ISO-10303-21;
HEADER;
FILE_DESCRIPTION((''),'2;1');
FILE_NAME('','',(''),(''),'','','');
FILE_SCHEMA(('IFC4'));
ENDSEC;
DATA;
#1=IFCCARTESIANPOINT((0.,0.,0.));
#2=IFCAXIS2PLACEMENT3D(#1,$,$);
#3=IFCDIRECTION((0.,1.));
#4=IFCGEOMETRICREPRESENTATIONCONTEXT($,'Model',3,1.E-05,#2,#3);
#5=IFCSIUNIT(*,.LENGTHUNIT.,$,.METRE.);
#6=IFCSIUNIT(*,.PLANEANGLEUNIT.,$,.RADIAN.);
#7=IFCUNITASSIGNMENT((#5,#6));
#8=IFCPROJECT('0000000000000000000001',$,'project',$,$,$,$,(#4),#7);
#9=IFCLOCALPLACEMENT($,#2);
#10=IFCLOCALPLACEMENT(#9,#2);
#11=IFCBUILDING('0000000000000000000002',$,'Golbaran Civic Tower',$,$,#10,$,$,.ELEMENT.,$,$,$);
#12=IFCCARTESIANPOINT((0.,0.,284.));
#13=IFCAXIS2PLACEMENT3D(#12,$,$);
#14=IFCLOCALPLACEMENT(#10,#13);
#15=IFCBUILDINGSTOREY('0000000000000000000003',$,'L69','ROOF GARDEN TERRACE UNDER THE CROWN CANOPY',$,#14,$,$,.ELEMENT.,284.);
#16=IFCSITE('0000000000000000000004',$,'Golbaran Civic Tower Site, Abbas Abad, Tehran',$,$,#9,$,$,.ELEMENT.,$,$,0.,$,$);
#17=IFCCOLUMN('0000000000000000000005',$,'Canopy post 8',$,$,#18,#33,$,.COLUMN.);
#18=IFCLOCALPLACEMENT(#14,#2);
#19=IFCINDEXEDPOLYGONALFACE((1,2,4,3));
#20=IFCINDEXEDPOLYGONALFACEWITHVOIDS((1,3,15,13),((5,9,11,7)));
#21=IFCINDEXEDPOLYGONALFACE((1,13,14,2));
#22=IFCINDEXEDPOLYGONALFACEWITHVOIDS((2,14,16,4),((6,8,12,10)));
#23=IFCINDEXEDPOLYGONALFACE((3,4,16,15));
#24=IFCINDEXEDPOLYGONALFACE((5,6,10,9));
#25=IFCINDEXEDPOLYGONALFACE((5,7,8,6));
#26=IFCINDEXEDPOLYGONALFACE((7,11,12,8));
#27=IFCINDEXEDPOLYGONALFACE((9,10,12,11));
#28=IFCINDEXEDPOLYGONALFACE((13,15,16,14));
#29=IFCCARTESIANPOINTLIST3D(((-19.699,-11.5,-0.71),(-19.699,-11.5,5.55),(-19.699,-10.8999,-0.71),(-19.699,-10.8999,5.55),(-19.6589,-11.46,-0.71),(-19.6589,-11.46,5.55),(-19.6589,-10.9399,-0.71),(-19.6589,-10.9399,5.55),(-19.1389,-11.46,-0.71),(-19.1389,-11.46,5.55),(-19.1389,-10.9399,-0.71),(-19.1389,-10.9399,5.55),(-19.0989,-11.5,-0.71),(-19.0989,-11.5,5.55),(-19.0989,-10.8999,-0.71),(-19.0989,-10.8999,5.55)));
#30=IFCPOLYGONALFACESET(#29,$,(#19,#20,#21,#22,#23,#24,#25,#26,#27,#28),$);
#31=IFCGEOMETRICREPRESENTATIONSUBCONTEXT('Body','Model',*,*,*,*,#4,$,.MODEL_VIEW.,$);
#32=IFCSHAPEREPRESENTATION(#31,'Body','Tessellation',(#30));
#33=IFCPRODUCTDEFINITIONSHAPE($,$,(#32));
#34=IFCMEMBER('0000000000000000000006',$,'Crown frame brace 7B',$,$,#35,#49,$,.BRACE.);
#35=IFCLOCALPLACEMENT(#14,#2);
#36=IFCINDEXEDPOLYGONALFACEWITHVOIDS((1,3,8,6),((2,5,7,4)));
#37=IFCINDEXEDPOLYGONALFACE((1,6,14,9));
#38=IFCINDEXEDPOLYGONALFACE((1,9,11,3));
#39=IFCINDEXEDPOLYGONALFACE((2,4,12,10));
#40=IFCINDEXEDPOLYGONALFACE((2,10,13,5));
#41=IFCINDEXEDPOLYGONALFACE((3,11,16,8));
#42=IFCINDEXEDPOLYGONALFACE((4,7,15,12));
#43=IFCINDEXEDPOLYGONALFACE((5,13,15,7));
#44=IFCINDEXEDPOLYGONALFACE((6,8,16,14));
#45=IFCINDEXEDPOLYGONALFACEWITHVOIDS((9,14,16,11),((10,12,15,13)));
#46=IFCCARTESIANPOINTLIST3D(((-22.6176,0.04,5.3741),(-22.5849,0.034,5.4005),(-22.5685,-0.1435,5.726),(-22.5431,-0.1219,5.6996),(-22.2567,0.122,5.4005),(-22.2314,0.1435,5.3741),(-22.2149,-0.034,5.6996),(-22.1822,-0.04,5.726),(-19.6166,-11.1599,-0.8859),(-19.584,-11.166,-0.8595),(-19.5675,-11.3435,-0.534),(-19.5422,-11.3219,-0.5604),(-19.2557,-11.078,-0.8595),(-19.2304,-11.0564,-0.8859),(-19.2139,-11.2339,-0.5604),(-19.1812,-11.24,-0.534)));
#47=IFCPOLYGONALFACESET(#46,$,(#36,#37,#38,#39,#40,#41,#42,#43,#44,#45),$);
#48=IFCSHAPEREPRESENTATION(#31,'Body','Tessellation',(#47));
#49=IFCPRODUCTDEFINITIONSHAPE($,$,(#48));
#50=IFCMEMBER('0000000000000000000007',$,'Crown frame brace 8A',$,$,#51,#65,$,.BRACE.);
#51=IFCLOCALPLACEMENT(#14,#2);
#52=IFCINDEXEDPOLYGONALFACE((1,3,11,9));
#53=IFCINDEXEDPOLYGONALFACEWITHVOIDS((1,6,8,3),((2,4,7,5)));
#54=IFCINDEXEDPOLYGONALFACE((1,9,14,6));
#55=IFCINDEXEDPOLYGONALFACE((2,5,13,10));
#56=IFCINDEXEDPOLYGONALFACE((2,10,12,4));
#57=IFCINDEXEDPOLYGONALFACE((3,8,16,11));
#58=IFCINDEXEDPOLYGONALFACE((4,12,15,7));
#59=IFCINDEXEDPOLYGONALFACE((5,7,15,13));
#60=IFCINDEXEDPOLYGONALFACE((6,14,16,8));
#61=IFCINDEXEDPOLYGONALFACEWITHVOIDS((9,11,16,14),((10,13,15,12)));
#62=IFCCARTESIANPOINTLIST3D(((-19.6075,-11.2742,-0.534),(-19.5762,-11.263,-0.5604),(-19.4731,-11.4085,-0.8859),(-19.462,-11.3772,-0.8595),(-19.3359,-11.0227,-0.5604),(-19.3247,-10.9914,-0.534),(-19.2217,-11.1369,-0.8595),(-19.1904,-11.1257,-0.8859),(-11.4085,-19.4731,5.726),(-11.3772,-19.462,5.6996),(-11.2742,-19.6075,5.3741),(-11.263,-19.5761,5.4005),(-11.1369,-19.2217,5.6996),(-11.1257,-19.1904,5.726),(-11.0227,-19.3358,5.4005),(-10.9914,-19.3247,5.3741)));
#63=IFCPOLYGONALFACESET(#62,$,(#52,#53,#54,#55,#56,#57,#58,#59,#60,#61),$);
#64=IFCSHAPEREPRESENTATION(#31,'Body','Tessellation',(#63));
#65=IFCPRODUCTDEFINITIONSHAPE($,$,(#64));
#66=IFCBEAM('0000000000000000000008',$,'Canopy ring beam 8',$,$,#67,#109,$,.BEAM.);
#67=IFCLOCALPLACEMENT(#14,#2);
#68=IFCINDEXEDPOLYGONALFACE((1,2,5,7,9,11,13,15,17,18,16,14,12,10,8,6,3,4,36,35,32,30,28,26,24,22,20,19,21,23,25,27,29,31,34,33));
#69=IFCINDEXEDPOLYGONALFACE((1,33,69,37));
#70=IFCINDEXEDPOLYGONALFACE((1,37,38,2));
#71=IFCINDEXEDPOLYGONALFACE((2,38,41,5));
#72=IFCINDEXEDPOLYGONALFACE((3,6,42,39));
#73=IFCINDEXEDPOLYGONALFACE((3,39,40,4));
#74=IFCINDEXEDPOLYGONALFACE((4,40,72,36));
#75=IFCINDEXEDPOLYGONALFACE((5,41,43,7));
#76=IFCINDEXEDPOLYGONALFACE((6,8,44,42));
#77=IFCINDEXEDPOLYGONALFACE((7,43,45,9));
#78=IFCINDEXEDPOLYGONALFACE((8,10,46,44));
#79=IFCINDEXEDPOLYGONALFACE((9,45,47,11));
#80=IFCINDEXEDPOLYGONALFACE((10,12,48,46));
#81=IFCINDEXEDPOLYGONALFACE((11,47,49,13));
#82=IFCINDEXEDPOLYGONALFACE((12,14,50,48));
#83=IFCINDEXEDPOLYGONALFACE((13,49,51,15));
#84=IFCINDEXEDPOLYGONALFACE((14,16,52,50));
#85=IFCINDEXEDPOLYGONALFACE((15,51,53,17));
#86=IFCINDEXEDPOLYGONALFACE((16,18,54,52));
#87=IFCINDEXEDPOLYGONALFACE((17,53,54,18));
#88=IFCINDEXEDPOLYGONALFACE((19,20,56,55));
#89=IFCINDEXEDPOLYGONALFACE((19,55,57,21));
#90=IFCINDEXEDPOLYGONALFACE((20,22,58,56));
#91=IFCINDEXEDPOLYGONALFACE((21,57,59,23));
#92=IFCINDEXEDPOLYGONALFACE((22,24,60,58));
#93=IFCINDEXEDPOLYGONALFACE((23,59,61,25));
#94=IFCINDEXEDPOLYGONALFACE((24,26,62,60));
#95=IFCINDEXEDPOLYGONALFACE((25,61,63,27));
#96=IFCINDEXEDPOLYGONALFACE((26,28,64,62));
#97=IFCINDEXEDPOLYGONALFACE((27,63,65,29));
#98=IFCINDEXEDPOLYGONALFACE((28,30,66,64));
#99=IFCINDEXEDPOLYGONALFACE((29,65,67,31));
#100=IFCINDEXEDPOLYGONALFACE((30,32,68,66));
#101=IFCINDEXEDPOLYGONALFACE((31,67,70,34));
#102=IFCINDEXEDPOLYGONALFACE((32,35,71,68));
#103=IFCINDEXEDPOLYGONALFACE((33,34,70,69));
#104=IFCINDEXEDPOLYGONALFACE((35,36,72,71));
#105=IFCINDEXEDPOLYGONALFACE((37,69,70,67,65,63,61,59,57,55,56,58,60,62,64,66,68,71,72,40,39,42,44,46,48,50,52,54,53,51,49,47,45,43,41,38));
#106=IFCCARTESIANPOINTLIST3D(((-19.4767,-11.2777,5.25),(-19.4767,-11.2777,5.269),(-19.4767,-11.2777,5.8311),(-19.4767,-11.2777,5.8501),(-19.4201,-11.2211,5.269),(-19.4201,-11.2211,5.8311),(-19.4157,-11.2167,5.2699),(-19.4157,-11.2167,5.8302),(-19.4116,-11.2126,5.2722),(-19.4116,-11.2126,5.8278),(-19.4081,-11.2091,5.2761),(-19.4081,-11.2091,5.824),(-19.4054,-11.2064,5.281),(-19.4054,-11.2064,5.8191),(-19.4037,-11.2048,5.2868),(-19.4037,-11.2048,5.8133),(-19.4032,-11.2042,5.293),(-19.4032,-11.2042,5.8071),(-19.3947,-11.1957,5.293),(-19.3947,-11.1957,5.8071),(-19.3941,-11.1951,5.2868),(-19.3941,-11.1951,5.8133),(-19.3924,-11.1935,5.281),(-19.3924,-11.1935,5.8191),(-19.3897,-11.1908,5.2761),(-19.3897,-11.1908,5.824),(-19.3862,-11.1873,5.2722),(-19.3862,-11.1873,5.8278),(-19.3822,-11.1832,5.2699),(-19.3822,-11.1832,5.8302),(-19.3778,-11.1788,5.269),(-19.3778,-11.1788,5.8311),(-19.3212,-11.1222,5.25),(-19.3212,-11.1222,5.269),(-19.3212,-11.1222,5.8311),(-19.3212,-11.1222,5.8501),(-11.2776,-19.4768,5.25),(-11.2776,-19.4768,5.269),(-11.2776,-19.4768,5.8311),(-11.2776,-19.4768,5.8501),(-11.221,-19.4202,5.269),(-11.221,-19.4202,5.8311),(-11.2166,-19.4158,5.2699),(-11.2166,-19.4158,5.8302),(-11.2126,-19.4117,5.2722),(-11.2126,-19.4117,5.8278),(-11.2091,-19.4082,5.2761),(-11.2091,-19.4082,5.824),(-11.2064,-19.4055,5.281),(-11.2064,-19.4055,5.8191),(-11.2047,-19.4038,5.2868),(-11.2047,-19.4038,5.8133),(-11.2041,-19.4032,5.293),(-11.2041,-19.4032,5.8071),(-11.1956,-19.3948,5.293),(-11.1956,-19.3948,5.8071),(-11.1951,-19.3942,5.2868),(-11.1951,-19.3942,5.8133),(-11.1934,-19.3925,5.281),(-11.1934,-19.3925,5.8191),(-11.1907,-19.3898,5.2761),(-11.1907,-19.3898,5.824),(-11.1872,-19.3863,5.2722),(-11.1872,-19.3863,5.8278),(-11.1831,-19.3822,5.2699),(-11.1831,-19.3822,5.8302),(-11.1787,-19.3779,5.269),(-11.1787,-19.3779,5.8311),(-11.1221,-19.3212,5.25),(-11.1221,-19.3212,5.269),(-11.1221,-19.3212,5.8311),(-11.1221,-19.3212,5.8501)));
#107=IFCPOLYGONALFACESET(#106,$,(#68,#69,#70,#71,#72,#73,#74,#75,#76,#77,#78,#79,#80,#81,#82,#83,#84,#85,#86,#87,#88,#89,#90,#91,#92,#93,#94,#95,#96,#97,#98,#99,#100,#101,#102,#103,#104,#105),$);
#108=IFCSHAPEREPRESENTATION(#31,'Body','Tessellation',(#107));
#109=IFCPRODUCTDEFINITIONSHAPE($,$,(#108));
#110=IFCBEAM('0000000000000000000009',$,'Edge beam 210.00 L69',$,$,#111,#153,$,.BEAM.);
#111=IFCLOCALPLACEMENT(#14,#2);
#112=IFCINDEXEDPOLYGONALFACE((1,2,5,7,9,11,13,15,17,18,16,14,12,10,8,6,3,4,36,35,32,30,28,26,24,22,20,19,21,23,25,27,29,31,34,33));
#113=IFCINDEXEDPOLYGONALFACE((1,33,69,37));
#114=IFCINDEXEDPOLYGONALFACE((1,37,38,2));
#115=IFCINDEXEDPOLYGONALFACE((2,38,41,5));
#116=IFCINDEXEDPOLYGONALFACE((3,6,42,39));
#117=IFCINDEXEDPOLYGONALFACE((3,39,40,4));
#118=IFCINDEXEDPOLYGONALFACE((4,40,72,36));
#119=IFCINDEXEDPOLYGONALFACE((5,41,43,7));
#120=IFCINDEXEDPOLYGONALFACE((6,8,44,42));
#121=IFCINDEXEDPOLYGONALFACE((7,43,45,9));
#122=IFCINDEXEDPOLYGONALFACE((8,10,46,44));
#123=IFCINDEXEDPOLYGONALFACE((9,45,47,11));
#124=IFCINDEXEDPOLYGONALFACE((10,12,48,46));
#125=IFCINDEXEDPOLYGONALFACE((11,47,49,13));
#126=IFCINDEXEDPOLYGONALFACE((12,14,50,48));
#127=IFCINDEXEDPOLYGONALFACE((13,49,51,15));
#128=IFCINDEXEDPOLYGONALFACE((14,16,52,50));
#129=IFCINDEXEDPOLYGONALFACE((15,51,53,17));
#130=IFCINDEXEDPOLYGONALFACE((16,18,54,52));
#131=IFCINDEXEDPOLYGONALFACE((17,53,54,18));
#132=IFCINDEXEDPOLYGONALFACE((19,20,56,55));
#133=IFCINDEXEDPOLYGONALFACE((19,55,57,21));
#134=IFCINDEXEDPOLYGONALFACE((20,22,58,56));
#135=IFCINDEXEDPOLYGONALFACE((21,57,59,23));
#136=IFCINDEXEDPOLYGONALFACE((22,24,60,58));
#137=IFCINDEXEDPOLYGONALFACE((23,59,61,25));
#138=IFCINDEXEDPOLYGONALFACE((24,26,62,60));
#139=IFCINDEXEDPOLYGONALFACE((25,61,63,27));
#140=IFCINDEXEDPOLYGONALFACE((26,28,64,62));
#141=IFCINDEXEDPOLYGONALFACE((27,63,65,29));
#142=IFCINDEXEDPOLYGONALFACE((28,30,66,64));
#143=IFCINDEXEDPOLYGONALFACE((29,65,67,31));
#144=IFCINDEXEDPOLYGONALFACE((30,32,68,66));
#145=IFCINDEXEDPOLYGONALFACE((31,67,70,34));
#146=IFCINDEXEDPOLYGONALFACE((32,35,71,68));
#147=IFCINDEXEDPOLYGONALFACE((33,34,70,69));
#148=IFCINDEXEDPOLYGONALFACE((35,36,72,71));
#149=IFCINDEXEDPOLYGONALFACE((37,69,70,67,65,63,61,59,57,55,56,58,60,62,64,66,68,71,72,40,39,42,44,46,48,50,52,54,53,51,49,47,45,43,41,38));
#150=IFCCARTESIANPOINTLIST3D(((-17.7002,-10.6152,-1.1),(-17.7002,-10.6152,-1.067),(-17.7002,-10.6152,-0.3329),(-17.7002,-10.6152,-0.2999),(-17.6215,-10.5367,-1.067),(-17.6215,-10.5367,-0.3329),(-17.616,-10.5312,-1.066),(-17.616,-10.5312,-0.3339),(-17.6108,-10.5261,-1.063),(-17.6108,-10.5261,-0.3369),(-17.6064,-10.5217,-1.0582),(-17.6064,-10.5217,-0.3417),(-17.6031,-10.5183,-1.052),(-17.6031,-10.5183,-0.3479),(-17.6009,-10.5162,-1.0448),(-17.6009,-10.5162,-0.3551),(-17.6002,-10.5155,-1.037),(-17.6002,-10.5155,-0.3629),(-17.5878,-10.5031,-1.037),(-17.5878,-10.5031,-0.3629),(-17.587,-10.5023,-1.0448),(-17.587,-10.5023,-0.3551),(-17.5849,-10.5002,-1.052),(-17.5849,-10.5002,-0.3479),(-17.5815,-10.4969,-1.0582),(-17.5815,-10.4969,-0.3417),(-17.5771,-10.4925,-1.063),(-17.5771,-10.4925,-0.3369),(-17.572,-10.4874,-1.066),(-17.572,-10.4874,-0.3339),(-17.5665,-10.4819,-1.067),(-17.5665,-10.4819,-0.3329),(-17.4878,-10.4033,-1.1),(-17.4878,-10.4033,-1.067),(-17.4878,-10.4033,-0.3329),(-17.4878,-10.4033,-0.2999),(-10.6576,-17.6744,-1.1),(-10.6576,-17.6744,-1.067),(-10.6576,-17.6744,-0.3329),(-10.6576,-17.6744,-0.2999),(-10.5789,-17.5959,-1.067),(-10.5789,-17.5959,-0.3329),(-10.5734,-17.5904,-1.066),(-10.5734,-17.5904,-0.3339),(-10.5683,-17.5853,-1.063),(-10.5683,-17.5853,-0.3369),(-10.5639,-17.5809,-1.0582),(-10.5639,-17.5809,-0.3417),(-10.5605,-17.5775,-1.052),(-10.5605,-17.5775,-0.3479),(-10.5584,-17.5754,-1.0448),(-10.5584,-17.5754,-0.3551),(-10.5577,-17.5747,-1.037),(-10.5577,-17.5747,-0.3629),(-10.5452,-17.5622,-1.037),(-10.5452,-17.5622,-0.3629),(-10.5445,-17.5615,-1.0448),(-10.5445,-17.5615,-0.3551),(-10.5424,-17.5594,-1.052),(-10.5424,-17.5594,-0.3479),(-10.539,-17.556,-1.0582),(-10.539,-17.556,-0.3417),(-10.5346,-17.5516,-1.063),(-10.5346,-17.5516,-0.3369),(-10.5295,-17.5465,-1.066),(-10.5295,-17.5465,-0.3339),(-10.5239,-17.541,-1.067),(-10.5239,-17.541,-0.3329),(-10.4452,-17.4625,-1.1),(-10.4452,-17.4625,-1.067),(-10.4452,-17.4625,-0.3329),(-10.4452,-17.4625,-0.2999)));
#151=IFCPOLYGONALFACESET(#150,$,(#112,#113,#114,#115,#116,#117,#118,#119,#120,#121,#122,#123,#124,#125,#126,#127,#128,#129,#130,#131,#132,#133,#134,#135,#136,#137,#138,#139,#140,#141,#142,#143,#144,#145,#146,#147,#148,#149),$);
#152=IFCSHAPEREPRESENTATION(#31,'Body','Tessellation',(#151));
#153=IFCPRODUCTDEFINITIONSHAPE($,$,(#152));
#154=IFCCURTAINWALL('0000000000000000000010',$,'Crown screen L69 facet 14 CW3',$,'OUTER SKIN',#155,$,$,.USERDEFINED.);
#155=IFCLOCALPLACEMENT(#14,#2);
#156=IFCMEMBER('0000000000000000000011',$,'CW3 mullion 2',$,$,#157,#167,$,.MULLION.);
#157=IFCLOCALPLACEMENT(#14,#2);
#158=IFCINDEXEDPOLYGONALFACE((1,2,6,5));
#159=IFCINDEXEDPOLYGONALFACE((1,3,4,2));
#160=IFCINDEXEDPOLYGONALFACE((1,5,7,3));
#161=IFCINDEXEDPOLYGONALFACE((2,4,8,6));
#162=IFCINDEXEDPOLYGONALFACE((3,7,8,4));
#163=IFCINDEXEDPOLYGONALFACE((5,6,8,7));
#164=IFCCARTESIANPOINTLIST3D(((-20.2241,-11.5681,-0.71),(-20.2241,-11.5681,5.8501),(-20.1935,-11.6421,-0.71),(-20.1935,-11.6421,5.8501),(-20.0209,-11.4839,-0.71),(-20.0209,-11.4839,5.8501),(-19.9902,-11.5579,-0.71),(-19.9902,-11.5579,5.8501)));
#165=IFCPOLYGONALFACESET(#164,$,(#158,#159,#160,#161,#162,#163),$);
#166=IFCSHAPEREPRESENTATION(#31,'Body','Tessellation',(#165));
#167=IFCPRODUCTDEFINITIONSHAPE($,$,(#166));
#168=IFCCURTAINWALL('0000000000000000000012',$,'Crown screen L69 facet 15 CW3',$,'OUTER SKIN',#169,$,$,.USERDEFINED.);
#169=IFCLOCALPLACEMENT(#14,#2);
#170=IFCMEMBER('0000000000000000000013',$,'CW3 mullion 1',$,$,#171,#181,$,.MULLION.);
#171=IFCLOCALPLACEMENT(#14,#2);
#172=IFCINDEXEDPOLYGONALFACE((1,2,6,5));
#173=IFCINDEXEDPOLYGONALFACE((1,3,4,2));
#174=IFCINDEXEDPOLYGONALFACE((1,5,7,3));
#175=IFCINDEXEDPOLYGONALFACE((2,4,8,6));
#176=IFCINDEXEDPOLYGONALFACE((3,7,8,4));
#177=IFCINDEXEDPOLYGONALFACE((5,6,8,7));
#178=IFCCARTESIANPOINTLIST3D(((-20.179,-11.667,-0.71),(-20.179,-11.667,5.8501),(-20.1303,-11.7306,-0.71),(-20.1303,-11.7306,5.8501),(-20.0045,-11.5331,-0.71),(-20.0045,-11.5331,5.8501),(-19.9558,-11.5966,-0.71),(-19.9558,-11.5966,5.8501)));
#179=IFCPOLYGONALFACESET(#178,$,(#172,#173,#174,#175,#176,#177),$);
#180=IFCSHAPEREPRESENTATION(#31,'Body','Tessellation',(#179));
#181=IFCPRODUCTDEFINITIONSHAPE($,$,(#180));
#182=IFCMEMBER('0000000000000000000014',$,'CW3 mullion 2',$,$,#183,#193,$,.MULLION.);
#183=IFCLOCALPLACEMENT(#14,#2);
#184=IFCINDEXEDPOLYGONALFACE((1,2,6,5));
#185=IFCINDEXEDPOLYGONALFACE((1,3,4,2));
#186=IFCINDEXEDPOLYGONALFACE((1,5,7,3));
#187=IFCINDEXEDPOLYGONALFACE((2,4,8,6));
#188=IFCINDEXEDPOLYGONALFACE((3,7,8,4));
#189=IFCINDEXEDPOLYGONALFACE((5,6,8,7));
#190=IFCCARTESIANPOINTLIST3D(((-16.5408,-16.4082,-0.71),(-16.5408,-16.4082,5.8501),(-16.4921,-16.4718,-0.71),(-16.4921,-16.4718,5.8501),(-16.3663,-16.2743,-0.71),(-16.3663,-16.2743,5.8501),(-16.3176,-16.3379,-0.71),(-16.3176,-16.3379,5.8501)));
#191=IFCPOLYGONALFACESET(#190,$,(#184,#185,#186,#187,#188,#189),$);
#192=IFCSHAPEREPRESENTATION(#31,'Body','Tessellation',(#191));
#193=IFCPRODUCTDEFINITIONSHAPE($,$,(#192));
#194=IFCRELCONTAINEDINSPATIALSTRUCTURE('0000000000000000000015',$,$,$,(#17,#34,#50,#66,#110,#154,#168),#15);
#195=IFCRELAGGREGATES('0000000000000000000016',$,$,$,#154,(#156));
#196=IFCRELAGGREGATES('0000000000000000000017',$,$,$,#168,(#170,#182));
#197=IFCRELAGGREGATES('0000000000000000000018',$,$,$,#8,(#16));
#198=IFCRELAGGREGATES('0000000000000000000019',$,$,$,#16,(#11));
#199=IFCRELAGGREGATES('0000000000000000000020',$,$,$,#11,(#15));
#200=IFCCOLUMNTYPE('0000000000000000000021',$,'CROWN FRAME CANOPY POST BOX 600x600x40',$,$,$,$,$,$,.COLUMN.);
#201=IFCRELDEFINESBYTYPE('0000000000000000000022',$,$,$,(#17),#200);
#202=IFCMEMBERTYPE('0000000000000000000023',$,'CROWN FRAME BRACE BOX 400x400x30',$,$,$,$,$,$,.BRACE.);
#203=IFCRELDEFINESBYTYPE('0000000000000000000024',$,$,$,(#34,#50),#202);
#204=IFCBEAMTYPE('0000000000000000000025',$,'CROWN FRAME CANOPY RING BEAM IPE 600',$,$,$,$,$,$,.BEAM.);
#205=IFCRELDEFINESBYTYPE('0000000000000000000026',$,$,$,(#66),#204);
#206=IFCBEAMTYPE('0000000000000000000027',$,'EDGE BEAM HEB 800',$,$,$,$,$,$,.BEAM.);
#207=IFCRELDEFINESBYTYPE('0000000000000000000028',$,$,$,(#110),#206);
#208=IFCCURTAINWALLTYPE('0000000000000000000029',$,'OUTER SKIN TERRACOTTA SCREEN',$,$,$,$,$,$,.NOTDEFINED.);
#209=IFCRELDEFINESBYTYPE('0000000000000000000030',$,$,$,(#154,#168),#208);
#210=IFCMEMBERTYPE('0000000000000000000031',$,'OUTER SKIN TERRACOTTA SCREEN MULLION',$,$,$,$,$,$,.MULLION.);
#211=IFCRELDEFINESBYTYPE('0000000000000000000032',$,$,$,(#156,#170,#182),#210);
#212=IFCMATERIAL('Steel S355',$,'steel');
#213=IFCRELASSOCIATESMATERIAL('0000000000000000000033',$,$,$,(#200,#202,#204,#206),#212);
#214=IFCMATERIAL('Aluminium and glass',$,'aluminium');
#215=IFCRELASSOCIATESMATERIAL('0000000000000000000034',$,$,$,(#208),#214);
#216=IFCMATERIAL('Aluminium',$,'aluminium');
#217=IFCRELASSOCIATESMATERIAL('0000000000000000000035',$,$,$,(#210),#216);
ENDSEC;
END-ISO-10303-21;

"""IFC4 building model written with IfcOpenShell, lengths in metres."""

from ifc_helpers import new_model, si_unit, direction, frame, origin, origin_2d, place, context, subcontext, project, spatial, rectangle, hollow_rectangle, i_section, extrude, material, material_profile, profile_set, type_object, element, aggregate, save


model = new_model("IFC4")

# Units and contexts
model_context = context("Model", 3, precision=1e-05, world=origin(), true_north=direction((0.0, 1.0)))
body_context = subcontext(model_context, "Body", "Model", "MODEL_VIEW")
ifc_project = project(units=[si_unit("LENGTHUNIT", "METRE"), si_unit("PLANEANGLEUNIT", "RADIAN")], contexts=[model_context])

# Site, building, storey
site_placement = place(None, origin())
site = spatial("IfcSite", under=ifc_project, at=site_placement, Name="Golbaran Civic Tower Site, Abbas Abad, Tehran", CompositionType="ELEMENT", RefElevation=0.0)
building_placement = place(site_placement, origin())
building = spatial("IfcBuilding", under=site, at=building_placement, Name="Golbaran Civic Tower", CompositionType="ELEMENT")
storey_placement = place(building_placement, frame((0.0, 0.0, 284.0)))
storey = spatial("IfcBuildingStorey", under=building, at=storey_placement, Name="L69", Description="ROOF GARDEN TERRACE UNDER THE CROWN CANOPY", CompositionType="ELEMENT", Elevation=284.0)

# Column
ifc_material_1 = material(Name="Steel S355", Category="steel")
ifc_material_profile_1 = material_profile(ifc_material_1, hollow_rectangle(XDim=0.6001, YDim=0.6001, WallThickness=0.04, at=origin_2d()), Name="BOX 600x600x40")
ifc_profile_set_1 = profile_set([ifc_material_profile_1], Name="Steel S355")
column_type = type_object("IfcColumnType", Name="CROWN FRAME CANOPY POST BOX 600x600x40", PredefinedType="COLUMN", material=ifc_profile_set_1)
column_placement = place(storey_placement, frame((-19.3989, -11.2, -0.71), z_axis=(0.0, 0.0, 1.0), x_axis=(1.0, 0.0, 0.0)))
element("IfcColumn", 1, at=column_placement, inside=storey, type_object=column_type, Name="Canopy post 8", PredefinedType="COLUMN", context=body_context, shape_type="SweptSolid", body=[
    extrude(hollow_rectangle(XDim=0.6001, YDim=0.6001, WallThickness=0.04, at=origin_2d()), origin(), (0.0, 0.0, 1.0), 6.26),
])

# Members
ifc_material_profile_2 = material_profile(ifc_material_1, hollow_rectangle(XDim=0.3999, YDim=0.3999, WallThickness=0.03, at=origin_2d()), Name="BOX 400x400x30")
ifc_profile_set_2 = profile_set([ifc_material_profile_2], Name="Steel S355")
member_type_1 = type_object("IfcMemberType", Name="CROWN FRAME BRACE BOX 400x400x30", PredefinedType="BRACE", material=ifc_profile_set_2)
for number, where, z_axis, x_axis, name in (
    (2, (-19.3989, -11.2, -0.71), (-0.227744, 0.849964, 0.475072), (-0.965927, -0.258816, 0.0), "Crown frame brace 7B"),
    (3, (-19.3989, -11.2, -0.71), (0.622217, -0.622217, 0.47507), (0.707107, 0.707107, 0.0), "Crown frame brace 8A"),
):
    element("IfcMember", number, at=place(storey_placement, frame(where, z_axis=z_axis, x_axis=x_axis)), inside=storey, type_object=member_type_1, Name=name, PredefinedType="BRACE", context=body_context, shape_type="SweptSolid", body=[
        extrude(hollow_rectangle(XDim=0.3999, YDim=0.3999, WallThickness=0.03, at=origin_2d()), origin(), (0.0, 0.0, 1.0), 13.177),
    ])

# Beams
ifc_material_profile_3 = material_profile(ifc_material_1, i_section(OverallWidth=0.22, OverallDepth=0.6001, WebThickness=0.012, FlangeThickness=0.019, FilletRadius=0.0239, at=origin_2d()), Name="IPE 600")
ifc_profile_set_3 = profile_set([ifc_material_profile_3], Name="Steel S355")
beam_type_1 = type_object("IfcBeamType", Name="CROWN FRAME CANOPY RING BEAM IPE 600", PredefinedType="BEAM", material=ifc_profile_set_3)
beam_1_placement = place(storey_placement, frame((-19.3989, -11.2, 5.55), z_axis=(0.707107, -0.707107, 0.0), x_axis=(0.707107, 0.707107, 0.0)))
element("IfcBeam", 4, at=beam_1_placement, inside=storey, type_object=beam_type_1, Name="Canopy ring beam 8", PredefinedType="BEAM", context=body_context, shape_type="SweptSolid", body=[
    extrude(i_section(OverallWidth=0.22, OverallDepth=0.6001, WebThickness=0.012, FlangeThickness=0.019, FilletRadius=0.0239, at=origin_2d()), origin(), (0.0, 0.0, 1.0), 11.5952),
])
ifc_material_profile_4 = material_profile(ifc_material_1, i_section(OverallWidth=0.3, OverallDepth=0.8, WebThickness=0.0176, FlangeThickness=0.033, FilletRadius=0.03, at=origin_2d()), Name="HEB 800")
ifc_profile_set_4 = profile_set([ifc_material_profile_4], Name="Steel S355")
beam_type_2 = type_object("IfcBeamType", Name="EDGE BEAM HEB 800", PredefinedType="BEAM", material=ifc_profile_set_4)
beam_2_placement = place(storey_placement, frame((-17.594, -10.5093, -0.7), z_axis=(0.706274, -0.707939, 0.0), x_axis=(0.707939, 0.706274, 0.0)))
element("IfcBeam", 5, at=beam_2_placement, inside=storey, type_object=beam_type_2, Name="Edge beam 210.00 L69", PredefinedType="BEAM", context=body_context, shape_type="SweptSolid", body=[
    extrude(i_section(OverallWidth=0.3, OverallDepth=0.8, WebThickness=0.0176, FlangeThickness=0.033, FilletRadius=0.03, at=origin_2d()), origin(), (0.0, 0.0, 1.0), 9.9714),
])

# Curtain wall, member
ifc_material_2 = material(Name="Aluminium and glass", Category="aluminium")
curtain_wall_type = type_object("IfcCurtainWallType", Name="OUTER SKIN TERRACOTTA SCREEN", PredefinedType="NOTDEFINED", material=ifc_material_2)
curtain_wall_1_placement = place(storey_placement, origin())
curtain_wall_1 = element("IfcCurtainWall", 6, at=curtain_wall_1_placement, inside=storey, type_object=curtain_wall_type, Name="Crown screen L69 facet 14 CW3", ObjectType="OUTER SKIN", PredefinedType="USERDEFINED")
ifc_material_3 = material(Name="Aluminium", Category="aluminium")
ifc_material_profile_5 = material_profile(ifc_material_3, rectangle(XDim=0.22, YDim=0.0801, at=origin_2d()), Name="OUTER SKIN TERRACOTTA SCREEN MULLION")
ifc_profile_set_5 = profile_set([ifc_material_profile_5], Name="Aluminium")
member_type_2 = type_object("IfcMemberType", Name="OUTER SKIN TERRACOTTA SCREEN MULLION", PredefinedType="MULLION", material=ifc_profile_set_5)
member_1_placement = place(storey_placement, frame((-20.1072, -11.563, -0.71), z_axis=(0.0, 0.0, 1.0), x_axis=(0.92388, 0.382683, 0.0)))
member_1 = element("IfcMember", 7, at=member_1_placement, type_object=member_type_2, Name="CW3 mullion 2", PredefinedType="MULLION", context=body_context, shape_type="SweptSolid", body=[
    extrude(rectangle(XDim=0.22, YDim=0.0801, at=origin_2d()), origin(), (0.0, 0.0, 1.0), 6.5601),
])
aggregate(curtain_wall_1, [member_1])

# Curtain wall, members
curtain_wall_2_placement = place(storey_placement, origin())
curtain_wall_2 = element("IfcCurtainWall", 8, at=curtain_wall_2_placement, inside=storey, type_object=curtain_wall_type, Name="Crown screen L69 facet 15 CW3", ObjectType="OUTER SKIN", PredefinedType="USERDEFINED")
member_2_placement = place(storey_placement, frame((-20.0674, -11.6318, -0.71), z_axis=(0.0, 0.0, 1.0), x_axis=(0.793353, 0.608761, 0.0)))
member_2 = element("IfcMember", 9, at=member_2_placement, type_object=member_type_2, Name="CW3 mullion 1", PredefinedType="MULLION", context=body_context, shape_type="SweptSolid", body=[
    extrude(rectangle(XDim=0.22, YDim=0.0801, at=origin_2d()), origin(), (0.0, 0.0, 1.0), 6.5601),
])
member_3_placement = place(storey_placement, frame((-16.4292, -16.373, -0.71), z_axis=(0.0, 0.0, 1.0), x_axis=(0.793353, 0.608761, 0.0)))
member_3 = element("IfcMember", 10, at=member_3_placement, type_object=member_type_2, Name="CW3 mullion 2", PredefinedType="MULLION", context=body_context, shape_type="SweptSolid", body=[
    extrude(rectangle(XDim=0.22, YDim=0.0801, at=origin_2d()), origin(), (0.0, 0.0, 1.0), 6.5601),
])

aggregate(curtain_wall_2, [member_2, member_3])

save(model, "model.ifc")
